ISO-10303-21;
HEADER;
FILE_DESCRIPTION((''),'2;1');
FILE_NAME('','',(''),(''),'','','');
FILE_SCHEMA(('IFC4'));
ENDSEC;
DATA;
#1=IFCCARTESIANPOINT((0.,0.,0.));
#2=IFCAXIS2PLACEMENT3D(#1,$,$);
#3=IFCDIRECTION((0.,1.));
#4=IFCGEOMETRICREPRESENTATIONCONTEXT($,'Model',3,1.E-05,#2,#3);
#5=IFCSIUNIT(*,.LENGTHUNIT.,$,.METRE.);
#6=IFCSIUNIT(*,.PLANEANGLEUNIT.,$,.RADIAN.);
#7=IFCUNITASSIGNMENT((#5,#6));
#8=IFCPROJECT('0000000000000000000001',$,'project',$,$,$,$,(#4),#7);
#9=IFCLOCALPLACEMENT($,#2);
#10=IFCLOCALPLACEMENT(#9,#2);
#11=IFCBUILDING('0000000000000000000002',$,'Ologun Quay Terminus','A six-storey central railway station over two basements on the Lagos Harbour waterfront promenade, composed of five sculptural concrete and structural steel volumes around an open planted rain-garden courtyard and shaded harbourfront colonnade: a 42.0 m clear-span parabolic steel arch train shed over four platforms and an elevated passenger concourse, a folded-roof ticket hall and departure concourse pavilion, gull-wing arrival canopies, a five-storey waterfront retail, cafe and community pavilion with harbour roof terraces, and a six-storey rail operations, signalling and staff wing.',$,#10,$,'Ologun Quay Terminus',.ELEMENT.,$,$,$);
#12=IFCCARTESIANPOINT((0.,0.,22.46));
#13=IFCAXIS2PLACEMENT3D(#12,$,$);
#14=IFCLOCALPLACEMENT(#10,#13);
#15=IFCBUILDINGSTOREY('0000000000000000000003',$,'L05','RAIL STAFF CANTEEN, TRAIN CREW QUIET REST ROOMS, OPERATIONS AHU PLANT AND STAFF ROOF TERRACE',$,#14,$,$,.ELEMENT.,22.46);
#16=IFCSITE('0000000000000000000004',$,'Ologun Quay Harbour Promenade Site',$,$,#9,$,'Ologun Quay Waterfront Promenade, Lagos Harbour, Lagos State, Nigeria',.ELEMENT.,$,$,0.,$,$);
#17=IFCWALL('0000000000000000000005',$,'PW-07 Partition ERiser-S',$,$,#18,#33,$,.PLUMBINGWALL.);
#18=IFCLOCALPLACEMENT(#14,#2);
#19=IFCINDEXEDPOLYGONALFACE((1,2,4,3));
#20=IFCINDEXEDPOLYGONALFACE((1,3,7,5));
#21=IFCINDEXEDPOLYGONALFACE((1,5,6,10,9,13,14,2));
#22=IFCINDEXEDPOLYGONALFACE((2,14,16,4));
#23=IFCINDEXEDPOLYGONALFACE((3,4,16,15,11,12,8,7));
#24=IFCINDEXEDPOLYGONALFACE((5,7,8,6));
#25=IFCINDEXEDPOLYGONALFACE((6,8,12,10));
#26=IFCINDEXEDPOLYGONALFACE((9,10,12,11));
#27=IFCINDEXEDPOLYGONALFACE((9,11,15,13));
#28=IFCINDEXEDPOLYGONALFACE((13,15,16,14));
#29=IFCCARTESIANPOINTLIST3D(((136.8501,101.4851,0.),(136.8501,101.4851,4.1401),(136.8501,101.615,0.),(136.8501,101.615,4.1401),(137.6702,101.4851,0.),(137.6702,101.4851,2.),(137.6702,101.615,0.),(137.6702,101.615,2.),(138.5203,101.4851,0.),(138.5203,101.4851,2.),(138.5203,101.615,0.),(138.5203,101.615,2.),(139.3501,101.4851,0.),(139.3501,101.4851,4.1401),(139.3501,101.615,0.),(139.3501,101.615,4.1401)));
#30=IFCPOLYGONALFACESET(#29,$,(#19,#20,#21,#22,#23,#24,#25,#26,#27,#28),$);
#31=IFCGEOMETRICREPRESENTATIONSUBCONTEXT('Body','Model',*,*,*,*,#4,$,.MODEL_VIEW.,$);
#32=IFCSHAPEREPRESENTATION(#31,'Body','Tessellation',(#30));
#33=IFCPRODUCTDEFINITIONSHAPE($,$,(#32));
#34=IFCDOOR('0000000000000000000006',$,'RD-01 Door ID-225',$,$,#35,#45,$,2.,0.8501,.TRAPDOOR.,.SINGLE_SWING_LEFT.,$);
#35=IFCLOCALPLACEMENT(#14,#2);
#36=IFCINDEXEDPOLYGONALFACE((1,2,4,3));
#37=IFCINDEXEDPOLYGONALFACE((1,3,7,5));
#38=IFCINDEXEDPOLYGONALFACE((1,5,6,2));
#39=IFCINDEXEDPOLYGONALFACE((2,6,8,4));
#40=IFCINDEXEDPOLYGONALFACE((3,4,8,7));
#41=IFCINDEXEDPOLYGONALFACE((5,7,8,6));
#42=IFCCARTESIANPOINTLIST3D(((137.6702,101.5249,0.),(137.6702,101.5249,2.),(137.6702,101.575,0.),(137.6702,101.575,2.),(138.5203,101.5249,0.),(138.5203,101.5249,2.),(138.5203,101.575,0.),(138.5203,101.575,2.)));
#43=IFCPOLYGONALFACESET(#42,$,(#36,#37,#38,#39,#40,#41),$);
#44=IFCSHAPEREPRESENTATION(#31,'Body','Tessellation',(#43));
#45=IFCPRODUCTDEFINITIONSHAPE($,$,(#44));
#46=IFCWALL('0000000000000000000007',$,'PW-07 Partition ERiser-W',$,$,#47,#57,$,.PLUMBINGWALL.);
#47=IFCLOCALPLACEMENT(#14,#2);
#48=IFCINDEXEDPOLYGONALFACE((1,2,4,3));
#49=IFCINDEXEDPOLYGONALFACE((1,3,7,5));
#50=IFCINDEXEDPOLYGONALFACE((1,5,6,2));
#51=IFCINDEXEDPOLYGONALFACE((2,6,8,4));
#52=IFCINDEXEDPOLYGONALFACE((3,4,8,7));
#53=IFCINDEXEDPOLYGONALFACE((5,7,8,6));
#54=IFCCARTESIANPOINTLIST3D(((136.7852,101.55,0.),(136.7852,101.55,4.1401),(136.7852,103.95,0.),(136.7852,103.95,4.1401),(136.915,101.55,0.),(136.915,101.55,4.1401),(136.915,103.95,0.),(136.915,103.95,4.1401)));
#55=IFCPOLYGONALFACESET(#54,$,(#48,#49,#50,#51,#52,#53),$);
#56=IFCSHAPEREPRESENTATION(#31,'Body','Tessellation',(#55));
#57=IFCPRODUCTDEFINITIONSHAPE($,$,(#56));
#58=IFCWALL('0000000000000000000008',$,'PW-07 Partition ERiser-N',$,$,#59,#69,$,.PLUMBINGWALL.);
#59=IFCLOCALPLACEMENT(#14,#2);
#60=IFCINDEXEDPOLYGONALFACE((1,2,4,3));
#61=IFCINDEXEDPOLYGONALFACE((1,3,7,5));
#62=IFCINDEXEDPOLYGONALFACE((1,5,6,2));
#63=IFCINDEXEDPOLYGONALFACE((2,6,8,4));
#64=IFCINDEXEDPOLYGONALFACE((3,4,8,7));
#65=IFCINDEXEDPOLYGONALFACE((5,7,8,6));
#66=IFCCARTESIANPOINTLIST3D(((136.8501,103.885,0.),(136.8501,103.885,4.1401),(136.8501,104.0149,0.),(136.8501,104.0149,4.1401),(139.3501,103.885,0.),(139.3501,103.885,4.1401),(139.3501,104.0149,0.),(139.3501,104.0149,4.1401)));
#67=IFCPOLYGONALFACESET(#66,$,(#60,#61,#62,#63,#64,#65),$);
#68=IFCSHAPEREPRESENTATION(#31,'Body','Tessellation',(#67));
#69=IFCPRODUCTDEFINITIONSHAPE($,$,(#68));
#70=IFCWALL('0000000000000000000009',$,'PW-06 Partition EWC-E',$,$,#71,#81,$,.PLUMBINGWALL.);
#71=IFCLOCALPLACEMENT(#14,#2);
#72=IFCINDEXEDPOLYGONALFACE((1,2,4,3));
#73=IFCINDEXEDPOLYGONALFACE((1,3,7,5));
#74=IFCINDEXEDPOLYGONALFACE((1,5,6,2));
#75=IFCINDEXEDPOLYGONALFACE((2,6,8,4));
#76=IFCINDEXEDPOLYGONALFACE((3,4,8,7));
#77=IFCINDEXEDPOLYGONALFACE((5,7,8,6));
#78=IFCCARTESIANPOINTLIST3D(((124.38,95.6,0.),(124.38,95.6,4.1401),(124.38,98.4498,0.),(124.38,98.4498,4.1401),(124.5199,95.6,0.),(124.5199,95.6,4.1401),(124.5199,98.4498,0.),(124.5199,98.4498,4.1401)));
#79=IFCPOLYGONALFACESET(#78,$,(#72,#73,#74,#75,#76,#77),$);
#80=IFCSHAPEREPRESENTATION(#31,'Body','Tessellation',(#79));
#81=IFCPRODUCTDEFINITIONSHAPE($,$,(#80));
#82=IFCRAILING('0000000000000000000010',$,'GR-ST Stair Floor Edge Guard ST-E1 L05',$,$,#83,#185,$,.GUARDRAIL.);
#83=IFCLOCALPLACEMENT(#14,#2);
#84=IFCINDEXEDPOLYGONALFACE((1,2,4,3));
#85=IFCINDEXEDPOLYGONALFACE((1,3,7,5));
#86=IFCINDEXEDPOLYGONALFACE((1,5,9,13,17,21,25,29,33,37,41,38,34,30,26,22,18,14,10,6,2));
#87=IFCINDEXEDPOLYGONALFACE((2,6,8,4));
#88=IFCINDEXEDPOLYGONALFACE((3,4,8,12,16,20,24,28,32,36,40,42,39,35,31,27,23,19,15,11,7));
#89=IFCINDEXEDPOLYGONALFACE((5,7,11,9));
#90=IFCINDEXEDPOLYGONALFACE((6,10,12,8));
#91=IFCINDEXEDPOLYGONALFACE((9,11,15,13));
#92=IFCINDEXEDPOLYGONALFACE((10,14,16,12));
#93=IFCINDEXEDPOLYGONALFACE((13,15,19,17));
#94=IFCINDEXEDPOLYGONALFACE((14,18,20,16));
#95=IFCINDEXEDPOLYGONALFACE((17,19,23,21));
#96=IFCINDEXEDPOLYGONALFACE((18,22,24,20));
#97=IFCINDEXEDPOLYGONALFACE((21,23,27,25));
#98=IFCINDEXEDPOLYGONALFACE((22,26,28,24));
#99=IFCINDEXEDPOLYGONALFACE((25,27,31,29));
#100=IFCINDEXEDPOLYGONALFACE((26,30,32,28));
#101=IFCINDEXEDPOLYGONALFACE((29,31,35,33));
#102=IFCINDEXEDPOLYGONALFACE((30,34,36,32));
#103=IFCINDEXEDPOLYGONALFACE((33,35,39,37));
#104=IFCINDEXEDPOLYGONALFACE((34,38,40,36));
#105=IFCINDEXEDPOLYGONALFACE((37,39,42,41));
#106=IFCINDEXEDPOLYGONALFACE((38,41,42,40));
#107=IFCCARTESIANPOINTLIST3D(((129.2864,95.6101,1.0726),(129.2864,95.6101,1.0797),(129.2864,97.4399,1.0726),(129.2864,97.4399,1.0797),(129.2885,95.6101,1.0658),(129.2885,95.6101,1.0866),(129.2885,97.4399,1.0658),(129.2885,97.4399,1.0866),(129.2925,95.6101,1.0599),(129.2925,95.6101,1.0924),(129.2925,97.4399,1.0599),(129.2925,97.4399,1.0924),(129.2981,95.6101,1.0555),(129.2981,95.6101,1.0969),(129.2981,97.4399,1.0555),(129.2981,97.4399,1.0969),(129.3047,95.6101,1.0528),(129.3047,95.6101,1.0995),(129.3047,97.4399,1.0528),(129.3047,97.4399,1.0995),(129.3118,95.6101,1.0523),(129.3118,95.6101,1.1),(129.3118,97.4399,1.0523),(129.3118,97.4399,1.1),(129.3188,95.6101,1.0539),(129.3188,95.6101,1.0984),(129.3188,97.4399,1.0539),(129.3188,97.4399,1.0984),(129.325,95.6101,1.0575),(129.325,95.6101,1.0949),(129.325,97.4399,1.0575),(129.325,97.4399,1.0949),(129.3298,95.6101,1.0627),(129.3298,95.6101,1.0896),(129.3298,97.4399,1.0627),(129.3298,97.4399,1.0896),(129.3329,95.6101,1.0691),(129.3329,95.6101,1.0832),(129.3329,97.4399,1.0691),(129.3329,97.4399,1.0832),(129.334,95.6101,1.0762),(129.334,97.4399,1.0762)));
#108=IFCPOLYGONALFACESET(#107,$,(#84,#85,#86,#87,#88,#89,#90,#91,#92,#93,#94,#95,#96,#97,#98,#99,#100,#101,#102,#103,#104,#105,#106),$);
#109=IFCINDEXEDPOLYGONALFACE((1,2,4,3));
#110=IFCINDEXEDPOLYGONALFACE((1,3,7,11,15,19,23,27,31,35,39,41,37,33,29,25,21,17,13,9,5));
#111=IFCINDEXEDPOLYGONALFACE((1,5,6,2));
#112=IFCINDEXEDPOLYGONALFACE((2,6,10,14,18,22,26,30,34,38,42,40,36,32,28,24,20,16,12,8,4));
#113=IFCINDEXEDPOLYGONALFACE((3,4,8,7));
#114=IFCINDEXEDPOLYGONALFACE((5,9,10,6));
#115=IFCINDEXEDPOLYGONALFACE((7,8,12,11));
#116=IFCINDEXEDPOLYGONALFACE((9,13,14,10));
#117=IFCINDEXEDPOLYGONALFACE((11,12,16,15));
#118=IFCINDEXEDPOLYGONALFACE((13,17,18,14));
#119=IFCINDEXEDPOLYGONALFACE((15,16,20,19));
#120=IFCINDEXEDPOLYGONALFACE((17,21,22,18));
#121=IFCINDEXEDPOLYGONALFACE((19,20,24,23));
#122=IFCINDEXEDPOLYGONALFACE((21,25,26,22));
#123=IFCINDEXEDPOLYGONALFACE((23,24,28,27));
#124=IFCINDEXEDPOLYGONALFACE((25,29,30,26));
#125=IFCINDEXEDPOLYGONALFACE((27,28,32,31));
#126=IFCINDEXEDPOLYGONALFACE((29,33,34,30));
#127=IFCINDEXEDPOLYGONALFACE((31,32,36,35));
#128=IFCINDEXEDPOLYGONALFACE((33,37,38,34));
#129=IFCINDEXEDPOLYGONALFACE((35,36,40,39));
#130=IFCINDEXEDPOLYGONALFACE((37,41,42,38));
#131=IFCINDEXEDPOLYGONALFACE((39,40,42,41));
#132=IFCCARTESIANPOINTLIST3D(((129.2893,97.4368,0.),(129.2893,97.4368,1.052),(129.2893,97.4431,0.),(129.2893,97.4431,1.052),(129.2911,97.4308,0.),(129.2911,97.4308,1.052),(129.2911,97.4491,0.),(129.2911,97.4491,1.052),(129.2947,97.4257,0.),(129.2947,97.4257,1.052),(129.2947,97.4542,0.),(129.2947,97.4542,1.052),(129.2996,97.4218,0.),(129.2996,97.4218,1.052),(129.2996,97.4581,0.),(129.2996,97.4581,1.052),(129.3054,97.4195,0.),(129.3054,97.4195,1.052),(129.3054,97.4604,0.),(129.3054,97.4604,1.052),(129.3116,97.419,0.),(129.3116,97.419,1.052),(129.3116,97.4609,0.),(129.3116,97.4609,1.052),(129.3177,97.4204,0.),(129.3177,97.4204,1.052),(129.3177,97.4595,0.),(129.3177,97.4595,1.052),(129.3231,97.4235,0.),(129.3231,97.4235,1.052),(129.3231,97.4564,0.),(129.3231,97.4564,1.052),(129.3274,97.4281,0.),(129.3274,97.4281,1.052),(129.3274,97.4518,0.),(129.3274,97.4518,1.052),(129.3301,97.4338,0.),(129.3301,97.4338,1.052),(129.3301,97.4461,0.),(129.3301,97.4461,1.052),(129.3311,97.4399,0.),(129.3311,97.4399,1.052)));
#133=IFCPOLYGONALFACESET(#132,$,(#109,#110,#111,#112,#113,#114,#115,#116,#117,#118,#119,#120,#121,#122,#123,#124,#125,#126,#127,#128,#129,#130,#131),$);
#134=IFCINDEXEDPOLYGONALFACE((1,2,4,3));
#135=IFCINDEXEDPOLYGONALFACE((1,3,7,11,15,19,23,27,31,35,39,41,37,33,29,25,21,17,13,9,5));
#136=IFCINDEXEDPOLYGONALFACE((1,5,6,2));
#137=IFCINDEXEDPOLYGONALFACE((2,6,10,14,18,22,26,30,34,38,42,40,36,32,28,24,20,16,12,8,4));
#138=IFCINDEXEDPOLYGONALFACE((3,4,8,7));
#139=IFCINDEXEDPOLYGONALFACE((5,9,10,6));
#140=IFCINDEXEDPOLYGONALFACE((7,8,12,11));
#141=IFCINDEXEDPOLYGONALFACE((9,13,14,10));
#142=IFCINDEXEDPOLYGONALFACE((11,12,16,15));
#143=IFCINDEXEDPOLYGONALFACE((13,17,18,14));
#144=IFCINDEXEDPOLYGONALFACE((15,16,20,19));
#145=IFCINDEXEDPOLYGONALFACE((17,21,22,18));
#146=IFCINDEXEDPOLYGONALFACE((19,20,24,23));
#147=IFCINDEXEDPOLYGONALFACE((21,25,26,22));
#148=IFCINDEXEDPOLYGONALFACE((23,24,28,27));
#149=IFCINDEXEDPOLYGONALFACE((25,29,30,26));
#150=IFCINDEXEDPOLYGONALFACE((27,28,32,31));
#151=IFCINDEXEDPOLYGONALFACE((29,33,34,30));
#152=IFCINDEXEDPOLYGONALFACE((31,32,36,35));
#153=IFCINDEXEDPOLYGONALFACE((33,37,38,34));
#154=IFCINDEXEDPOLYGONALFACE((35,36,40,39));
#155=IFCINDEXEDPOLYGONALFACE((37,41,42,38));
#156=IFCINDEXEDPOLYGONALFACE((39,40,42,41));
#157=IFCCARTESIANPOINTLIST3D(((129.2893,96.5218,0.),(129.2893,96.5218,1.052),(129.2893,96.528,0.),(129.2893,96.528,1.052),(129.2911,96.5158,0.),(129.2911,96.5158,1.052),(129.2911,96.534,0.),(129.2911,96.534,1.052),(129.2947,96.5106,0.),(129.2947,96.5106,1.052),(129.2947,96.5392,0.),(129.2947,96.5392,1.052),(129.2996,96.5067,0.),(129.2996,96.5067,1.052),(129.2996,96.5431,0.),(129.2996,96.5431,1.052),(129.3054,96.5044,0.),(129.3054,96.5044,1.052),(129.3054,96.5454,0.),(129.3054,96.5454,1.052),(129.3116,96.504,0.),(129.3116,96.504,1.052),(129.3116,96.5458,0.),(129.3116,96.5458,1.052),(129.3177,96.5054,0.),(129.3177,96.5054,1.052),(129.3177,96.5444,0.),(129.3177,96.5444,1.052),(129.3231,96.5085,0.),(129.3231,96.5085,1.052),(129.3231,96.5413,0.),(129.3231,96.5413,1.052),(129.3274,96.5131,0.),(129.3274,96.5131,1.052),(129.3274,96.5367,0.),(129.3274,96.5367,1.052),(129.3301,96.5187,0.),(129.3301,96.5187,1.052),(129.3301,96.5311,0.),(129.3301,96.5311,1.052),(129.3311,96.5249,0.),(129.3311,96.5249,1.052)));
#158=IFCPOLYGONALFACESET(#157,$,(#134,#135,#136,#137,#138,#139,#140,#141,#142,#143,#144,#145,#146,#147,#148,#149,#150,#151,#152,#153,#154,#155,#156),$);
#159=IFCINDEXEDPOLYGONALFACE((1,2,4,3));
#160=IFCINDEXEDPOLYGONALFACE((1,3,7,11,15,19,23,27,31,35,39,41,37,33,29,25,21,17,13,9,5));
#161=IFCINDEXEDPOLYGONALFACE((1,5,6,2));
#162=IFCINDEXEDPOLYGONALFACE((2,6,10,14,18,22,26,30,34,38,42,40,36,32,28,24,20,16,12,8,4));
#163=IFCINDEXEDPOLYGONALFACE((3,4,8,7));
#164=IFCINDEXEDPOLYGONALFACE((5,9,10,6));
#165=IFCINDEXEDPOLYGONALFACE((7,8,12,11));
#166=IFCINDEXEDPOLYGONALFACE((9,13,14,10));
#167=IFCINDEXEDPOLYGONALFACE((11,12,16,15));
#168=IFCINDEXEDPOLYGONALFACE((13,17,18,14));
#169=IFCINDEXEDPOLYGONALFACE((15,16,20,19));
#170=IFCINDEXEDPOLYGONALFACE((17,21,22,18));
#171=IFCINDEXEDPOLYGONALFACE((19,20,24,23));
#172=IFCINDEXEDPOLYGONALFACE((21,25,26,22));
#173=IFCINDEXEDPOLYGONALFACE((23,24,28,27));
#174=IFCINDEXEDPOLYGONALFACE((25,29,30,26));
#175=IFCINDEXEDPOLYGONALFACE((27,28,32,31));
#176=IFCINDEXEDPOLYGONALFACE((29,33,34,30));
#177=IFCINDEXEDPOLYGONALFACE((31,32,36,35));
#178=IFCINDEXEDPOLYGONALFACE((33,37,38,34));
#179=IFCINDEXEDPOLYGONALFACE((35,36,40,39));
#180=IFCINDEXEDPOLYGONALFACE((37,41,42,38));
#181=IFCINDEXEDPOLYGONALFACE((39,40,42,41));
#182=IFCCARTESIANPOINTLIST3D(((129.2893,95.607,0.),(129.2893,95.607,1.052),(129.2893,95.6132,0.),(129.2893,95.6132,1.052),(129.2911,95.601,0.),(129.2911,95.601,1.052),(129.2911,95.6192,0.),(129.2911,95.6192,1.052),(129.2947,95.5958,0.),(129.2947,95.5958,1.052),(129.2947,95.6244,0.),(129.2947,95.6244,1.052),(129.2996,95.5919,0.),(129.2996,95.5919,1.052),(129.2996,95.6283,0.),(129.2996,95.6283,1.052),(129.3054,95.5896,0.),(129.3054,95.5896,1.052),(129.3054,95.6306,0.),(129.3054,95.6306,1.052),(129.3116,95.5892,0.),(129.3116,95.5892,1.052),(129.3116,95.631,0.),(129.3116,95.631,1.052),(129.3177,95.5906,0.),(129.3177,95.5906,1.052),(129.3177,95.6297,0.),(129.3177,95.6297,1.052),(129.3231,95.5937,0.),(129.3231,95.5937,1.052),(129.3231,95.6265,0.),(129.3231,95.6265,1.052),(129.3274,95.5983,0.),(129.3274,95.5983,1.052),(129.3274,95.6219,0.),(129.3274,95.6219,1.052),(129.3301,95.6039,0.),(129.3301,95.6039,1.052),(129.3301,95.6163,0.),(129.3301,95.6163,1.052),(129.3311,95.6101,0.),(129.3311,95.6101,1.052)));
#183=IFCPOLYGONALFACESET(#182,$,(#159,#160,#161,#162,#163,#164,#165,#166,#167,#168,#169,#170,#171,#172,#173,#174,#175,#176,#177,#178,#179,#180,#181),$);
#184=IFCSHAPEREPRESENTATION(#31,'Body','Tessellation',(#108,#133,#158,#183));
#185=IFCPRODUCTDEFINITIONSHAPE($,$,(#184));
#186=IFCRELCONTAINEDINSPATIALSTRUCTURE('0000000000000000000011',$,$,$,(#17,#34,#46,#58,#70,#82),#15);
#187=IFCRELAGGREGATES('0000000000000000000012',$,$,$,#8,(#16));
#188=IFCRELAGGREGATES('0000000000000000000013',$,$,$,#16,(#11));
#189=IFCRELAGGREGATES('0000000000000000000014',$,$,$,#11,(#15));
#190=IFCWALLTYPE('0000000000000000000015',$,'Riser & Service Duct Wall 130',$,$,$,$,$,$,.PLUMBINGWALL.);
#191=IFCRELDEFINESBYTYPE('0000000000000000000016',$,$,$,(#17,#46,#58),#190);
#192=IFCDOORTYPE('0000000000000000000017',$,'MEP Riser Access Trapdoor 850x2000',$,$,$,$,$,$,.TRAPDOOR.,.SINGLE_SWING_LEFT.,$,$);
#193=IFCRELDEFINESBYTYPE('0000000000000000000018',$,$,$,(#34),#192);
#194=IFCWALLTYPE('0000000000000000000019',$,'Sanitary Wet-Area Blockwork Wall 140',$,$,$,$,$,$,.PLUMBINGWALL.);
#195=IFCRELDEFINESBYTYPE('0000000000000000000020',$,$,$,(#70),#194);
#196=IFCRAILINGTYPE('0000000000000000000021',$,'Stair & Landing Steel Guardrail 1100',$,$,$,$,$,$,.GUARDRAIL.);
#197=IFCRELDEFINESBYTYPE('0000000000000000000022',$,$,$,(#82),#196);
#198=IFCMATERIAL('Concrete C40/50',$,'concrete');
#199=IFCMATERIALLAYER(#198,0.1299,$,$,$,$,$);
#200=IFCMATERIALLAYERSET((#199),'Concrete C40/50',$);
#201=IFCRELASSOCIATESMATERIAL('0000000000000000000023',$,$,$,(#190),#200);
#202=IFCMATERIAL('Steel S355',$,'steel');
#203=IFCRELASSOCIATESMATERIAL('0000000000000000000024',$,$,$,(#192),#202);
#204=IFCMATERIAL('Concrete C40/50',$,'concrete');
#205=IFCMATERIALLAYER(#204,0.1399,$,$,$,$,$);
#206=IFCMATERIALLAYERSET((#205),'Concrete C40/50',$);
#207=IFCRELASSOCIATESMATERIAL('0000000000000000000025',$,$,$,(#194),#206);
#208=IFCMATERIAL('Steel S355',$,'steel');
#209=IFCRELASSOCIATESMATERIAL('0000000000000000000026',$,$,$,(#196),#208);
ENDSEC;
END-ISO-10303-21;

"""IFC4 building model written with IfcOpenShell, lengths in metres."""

from ifc_helpers import new_model, si_unit, direction, frame, frame_2d, origin, origin_2d, place, context, subcontext, project, spatial, rectangle, circle, extrude, material, layer, layer_set, type_object, element, fill, save


model = new_model("IFC4")

# Units and contexts
model_context = context("Model", 3, precision=1e-05, world=origin(), true_north=direction((0.0, 1.0)))
body_context = subcontext(model_context, "Body", "Model", "MODEL_VIEW")
ifc_project = project(units=[si_unit("LENGTHUNIT", "METRE"), si_unit("PLANEANGLEUNIT", "RADIAN")], contexts=[model_context])

# Site, building, storey
site_placement = place(None, origin())
site = spatial("IfcSite", under=ifc_project, at=site_placement, Name="Ologun Quay Harbour Promenade Site", LongName="Ologun Quay Waterfront Promenade, Lagos Harbour, Lagos State, Nigeria", CompositionType="ELEMENT", RefElevation=0.0)
building_placement = place(site_placement, origin())
building = spatial("IfcBuilding", under=site, at=building_placement, Name="Ologun Quay Terminus", Description="A six-storey central railway station over two basements on the Lagos Harbour waterfront promenade, composed of five sculptural concrete and structural steel volumes around an open planted rain-garden courtyard and shaded harbourfront colonnade: a 42.0 m clear-span parabolic steel arch train shed over four platforms and an elevated passenger concourse, a folded-roof ticket hall and departure concourse pavilion, gull-wing arrival canopies, a five-storey waterfront retail, cafe and community pavilion with harbour roof terraces, and a six-storey rail operations, signalling and staff wing.", LongName="Ologun Quay Terminus", CompositionType="ELEMENT")
storey_placement = place(building_placement, frame((0.0, 0.0, 22.46)))
storey = spatial("IfcBuildingStorey", under=building, at=storey_placement, Name="L05", Description="RAIL STAFF CANTEEN, TRAIN CREW QUIET REST ROOMS, OPERATIONS AHU PLANT AND STAFF ROOF TERRACE", CompositionType="ELEMENT", Elevation=22.46)

# Wall, opening, door
ifc_material_1 = material(Name="Concrete C40/50", Category="concrete")
ifc_layer_1 = layer(ifc_material_1, 0.1299)
ifc_layer_set_1 = layer_set([ifc_layer_1], Name="Concrete C40/50")
wall_type_1 = type_object("IfcWallType", Name="Riser & Service Duct Wall 130", PredefinedType="PLUMBINGWALL", material=ifc_layer_set_1)
wall_1_placement = place(storey_placement, frame((136.8501, 101.55, 0.0), z_axis=(0.0, 0.0, 1.0), x_axis=(1.0, 0.0, 0.0)))
wall_1 = element("IfcWall", 1, at=wall_1_placement, inside=storey, type_object=wall_type_1, Name="PW-07 Partition ERiser-S", PredefinedType="PLUMBINGWALL", context=body_context, shape_type="SweptSolid", body=[
    extrude(rectangle(XDim=2.5, YDim=0.1299, at=frame_2d((1.25, 0.0))), origin(), (0.0, 0.0, 1.0), 4.1401),
])
opening_1_placement = place(wall_1_placement, frame((0.8201, 0.0, 0.0)))
opening_1 = element("IfcOpeningElement", 2, at=opening_1_placement, cuts=wall_1, PredefinedType="OPENING", context=body_context, shape_type="SweptSolid", body=[
    extrude(rectangle(XDim=0.8501, YDim=2.0, at=frame_2d((0.425, 1.0))), frame((0.0, 0.075, 0.0), z_axis=(0.0, -1.0, 0.0), x_axis=(1.0, 0.0, 0.0)), (0.0, 0.0, 1.0), 0.1499),
])
ifc_material_2 = material(Name="Steel S355", Category="steel")
door_type_1 = type_object("IfcDoorType", Name="MEP Riser Access Trapdoor 850x2000", OperationType="SINGLE_SWING_LEFT", PredefinedType="TRAPDOOR", material=ifc_material_2)
door_1_placement = place(opening_1_placement, origin())
door_1 = element("IfcDoor", 3, at=door_1_placement, inside=storey, type_object=door_type_1, Name="RD-01 Door ID-225", OperationType="SINGLE_SWING_LEFT", OverallHeight=2.0, OverallWidth=0.8501, PredefinedType="TRAPDOOR", context=body_context, shape_type="SweptSolid", body=[
    extrude(rectangle(XDim=0.8501, YDim=2.0, at=frame_2d((0.425, 1.0))), frame((0.0, 0.0249, 0.0), z_axis=(0.0, -1.0, 0.0), x_axis=(1.0, 0.0, 0.0)), (0.0, 0.0, 1.0), 0.05),
])
fill(opening_1, door_1)

# Walls
wall_2_placement = place(storey_placement, frame((136.8501, 101.55, 0.0), z_axis=(0.0, 0.0, 1.0), x_axis=(0.0, 1.0, 0.0)))
element("IfcWall", 4, at=wall_2_placement, inside=storey, type_object=wall_type_1, Name="PW-07 Partition ERiser-W", PredefinedType="PLUMBINGWALL", context=body_context, shape_type="SweptSolid", body=[
    extrude(rectangle(XDim=2.3999, YDim=0.1299, at=frame_2d((1.2, 0.0))), origin(), (0.0, 0.0, 1.0), 4.1401),
])
wall_3_placement = place(storey_placement, frame((136.8501, 103.95, 0.0), z_axis=(0.0, 0.0, 1.0), x_axis=(1.0, 0.0, 0.0)))
element("IfcWall", 5, at=wall_3_placement, inside=storey, type_object=wall_type_1, Name="PW-07 Partition ERiser-N", PredefinedType="PLUMBINGWALL", context=body_context, shape_type="SweptSolid", body=[
    extrude(rectangle(XDim=2.5, YDim=0.1299, at=frame_2d((1.25, 0.0))), origin(), (0.0, 0.0, 1.0), 4.1401),
])
ifc_material_3 = material(Name="Concrete C40/50", Category="concrete")
ifc_layer_2 = layer(ifc_material_3, 0.1399)
ifc_layer_set_2 = layer_set([ifc_layer_2], Name="Concrete C40/50")
wall_type_2 = type_object("IfcWallType", Name="Sanitary Wet-Area Blockwork Wall 140", PredefinedType="PLUMBINGWALL", material=ifc_layer_set_2)
wall_4_placement = place(storey_placement, frame((124.45, 95.6001, 0.0), z_axis=(0.0, 0.0, 1.0), x_axis=(0.0, 1.0, 0.0)))
element("IfcWall", 6, at=wall_4_placement, inside=storey, type_object=wall_type_2, Name="PW-06 Partition EWC-E", PredefinedType="PLUMBINGWALL", context=body_context, shape_type="SweptSolid", body=[
    extrude(rectangle(XDim=2.8499, YDim=0.1399, at=frame_2d((1.4248, 0.0))), origin(), (0.0, 0.0, 1.0), 4.1401),
])

# Railing
ifc_material_4 = material(Name="Steel S355", Category="steel")
railing_type = type_object("IfcRailingType", Name="Stair & Landing Steel Guardrail 1100", PredefinedType="GUARDRAIL", material=ifc_material_4)
railing_placement = place(storey_placement, frame((129.3101, 97.4399, 0.0)))
element("IfcRailing", 7, at=railing_placement, inside=storey, type_object=railing_type, Name="GR-ST Stair Floor Edge Guard ST-E1 L05", PredefinedType="GUARDRAIL", context=body_context, shape_type="SweptSolid", body=[
    extrude(circle(Radius=0.0239, at=origin_2d()), frame((0.0, 0.0, 1.0762), z_axis=(0.0, -1.0, 0.0), x_axis=(1.0, 0.0, 0.0)), (0.0, 0.0, 1.0), 1.8298),
    extrude(circle(Radius=0.021, at=origin_2d()), origin(), (0.0, 0.0, 1.0), 1.052),
    extrude(circle(Radius=0.021, at=origin_2d()), frame((0.0, -0.915, 0.0)), (0.0, 0.0, 1.0), 1.052),
    extrude(circle(Radius=0.021, at=origin_2d()), frame((0.0, -1.8298, 0.0)), (0.0, 0.0, 1.0), 1.052),
])

save(model, "model.ifc")
